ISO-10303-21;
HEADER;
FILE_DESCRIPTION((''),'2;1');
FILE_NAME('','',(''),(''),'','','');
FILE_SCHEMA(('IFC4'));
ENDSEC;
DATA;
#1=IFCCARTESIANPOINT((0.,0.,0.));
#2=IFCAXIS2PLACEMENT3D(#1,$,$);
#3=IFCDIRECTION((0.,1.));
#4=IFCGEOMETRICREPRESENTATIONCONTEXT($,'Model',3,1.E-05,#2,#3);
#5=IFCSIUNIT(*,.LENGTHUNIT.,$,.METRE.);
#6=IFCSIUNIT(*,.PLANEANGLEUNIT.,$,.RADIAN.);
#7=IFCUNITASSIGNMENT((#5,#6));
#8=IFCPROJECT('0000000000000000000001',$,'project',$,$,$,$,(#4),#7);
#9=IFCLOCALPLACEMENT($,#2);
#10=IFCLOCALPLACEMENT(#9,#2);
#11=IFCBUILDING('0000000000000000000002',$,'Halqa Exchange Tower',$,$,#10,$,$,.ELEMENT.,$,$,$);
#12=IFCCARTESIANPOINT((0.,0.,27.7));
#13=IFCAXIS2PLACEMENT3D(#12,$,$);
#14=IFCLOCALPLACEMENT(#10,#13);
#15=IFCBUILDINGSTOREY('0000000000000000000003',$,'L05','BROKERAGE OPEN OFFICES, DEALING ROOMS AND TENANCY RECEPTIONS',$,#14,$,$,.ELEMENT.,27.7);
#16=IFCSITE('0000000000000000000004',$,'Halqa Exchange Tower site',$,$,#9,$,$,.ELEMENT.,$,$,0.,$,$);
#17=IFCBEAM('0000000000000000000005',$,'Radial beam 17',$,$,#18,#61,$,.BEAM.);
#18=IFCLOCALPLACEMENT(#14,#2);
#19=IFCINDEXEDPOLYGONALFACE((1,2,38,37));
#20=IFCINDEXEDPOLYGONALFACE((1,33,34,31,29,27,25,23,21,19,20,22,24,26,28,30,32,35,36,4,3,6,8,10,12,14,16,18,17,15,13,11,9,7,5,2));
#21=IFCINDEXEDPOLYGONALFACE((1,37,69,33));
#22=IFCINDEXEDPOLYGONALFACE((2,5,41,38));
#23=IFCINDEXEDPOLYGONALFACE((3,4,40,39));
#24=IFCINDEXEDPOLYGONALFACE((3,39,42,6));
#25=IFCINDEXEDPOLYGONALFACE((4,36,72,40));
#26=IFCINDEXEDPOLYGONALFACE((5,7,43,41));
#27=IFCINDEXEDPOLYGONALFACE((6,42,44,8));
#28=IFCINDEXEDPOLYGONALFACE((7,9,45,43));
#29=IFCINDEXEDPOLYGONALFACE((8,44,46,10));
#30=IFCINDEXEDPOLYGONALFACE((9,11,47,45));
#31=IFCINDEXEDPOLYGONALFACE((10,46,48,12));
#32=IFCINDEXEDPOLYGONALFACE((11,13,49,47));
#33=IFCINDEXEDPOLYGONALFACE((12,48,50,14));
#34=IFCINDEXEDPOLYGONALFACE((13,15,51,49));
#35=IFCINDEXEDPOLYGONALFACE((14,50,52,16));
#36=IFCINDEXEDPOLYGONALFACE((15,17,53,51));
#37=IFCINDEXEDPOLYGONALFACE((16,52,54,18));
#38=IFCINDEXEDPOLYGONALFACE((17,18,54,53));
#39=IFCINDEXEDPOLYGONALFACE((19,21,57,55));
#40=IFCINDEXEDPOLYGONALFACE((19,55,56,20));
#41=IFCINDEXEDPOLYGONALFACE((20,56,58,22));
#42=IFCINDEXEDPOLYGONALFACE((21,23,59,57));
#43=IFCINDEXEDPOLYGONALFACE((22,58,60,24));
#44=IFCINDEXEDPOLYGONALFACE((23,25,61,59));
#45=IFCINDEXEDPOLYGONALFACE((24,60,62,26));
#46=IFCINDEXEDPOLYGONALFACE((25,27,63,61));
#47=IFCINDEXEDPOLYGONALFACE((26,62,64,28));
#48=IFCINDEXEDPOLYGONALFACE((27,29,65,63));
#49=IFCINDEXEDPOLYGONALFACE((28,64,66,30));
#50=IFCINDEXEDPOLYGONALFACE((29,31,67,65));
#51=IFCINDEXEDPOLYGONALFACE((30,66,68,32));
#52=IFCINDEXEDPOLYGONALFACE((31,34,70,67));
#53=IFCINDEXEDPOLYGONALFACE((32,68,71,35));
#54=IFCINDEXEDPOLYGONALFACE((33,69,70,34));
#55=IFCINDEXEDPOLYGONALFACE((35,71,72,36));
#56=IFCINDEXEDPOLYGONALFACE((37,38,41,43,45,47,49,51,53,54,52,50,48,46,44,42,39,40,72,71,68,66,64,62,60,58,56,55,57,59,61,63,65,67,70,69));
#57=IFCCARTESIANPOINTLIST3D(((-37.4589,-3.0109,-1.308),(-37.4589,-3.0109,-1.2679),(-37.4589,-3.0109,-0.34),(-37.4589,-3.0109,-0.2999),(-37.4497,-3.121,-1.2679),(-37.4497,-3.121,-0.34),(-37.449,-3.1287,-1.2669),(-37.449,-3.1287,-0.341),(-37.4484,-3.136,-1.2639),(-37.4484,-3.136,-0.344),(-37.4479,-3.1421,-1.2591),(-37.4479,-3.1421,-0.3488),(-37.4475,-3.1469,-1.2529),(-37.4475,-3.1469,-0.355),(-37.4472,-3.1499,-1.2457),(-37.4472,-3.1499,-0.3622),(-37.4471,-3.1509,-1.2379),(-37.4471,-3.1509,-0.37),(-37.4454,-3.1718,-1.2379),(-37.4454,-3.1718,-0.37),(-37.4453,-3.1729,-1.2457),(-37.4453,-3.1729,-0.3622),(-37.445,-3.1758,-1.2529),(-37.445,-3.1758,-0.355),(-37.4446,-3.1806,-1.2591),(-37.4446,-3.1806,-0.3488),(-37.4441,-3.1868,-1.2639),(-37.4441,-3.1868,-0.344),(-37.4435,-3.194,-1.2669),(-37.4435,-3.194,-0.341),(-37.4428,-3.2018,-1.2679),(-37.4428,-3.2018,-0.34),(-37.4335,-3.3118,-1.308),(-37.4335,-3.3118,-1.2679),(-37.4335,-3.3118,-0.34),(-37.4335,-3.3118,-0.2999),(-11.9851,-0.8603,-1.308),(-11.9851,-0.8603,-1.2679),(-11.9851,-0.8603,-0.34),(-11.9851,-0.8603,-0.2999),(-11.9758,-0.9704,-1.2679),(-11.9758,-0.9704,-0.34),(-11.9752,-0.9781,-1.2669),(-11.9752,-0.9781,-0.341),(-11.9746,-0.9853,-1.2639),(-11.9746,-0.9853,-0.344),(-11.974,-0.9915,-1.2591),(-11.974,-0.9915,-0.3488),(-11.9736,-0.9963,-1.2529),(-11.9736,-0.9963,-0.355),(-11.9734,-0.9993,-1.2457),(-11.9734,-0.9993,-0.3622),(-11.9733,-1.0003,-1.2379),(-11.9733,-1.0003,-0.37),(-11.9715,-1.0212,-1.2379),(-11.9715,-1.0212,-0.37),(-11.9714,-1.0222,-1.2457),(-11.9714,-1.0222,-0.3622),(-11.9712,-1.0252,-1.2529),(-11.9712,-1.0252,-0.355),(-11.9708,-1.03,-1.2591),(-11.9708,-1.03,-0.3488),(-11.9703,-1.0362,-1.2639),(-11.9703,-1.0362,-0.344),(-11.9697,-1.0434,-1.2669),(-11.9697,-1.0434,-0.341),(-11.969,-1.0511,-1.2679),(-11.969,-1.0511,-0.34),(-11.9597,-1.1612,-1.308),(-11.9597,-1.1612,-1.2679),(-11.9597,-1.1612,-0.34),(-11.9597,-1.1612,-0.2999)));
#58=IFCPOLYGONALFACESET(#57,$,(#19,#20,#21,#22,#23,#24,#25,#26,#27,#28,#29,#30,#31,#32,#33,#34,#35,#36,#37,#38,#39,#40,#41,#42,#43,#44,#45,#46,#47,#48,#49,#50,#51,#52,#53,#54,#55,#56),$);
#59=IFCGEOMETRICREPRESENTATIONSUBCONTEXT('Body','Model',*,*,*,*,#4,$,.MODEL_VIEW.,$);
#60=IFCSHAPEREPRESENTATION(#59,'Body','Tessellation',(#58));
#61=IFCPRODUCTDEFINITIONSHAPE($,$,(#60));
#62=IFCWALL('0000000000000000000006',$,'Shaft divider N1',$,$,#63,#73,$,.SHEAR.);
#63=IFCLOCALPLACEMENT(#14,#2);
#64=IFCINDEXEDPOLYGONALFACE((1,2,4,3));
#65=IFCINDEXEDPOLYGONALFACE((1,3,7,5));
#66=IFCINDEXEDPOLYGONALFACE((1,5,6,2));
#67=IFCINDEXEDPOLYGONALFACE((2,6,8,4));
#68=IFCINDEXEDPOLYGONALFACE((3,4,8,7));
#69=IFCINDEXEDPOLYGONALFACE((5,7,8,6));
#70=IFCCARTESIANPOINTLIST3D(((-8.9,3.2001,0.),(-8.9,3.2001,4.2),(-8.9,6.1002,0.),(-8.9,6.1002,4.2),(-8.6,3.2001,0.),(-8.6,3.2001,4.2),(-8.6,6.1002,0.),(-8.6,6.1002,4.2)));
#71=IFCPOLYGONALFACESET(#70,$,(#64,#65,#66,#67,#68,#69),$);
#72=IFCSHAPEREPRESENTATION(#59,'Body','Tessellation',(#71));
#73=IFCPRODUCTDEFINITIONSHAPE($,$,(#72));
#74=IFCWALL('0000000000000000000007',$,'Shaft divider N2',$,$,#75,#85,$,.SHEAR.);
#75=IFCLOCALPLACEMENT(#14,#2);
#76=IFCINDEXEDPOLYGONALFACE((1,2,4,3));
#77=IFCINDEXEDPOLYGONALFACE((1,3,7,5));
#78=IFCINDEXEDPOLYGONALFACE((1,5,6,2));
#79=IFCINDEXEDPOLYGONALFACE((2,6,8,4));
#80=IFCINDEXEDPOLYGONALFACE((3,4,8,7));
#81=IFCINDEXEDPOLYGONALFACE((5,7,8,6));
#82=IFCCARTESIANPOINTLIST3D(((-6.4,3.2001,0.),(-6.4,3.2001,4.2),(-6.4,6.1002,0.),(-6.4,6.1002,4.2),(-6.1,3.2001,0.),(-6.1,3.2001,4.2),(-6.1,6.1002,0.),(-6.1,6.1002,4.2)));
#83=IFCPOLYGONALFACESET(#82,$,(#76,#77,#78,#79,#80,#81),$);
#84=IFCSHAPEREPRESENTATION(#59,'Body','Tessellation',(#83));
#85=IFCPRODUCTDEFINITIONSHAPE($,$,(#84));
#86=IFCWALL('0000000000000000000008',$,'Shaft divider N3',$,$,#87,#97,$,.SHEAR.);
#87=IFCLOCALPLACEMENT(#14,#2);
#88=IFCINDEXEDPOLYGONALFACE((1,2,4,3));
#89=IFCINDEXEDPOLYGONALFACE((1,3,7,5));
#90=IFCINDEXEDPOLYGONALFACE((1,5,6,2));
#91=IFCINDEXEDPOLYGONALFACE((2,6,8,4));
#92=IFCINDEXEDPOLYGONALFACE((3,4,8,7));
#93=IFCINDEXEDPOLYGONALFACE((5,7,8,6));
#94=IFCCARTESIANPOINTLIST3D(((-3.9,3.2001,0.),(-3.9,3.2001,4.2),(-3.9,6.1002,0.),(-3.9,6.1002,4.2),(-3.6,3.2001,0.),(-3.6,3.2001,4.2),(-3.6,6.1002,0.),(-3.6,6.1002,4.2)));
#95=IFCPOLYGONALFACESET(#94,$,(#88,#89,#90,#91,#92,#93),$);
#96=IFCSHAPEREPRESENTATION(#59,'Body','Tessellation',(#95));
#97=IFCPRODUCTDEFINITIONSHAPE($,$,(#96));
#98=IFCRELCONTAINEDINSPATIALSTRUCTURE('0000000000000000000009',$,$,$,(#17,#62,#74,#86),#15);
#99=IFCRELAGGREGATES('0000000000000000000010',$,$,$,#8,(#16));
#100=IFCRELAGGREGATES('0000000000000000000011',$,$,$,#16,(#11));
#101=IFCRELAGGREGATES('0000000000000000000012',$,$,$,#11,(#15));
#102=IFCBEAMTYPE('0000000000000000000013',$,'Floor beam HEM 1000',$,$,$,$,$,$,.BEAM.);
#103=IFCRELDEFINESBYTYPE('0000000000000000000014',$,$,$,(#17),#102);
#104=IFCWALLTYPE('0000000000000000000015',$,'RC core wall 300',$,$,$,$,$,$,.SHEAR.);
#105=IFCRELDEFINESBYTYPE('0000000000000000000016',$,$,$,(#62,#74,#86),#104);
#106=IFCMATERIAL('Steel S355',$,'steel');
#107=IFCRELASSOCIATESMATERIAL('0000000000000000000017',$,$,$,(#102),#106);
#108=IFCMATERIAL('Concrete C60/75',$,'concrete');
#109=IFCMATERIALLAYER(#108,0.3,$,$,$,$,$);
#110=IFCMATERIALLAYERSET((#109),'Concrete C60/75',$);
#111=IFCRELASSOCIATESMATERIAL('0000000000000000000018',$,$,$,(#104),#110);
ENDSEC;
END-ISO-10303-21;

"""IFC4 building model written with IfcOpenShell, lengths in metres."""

from ifc_helpers import new_model, si_unit, direction, frame, frame_2d, origin, origin_2d, place, context, subcontext, project, spatial, rectangle, i_section, extrude, material, layer, layer_set, material_profile, profile_set, type_object, element, save


model = new_model("IFC4")

# Units and contexts
model_context = context("Model", 3, precision=1e-05, world=origin(), true_north=direction((0.0, 1.0)))
body_context = subcontext(model_context, "Body", "Model", "MODEL_VIEW")
ifc_project = project(units=[si_unit("LENGTHUNIT", "METRE"), si_unit("PLANEANGLEUNIT", "RADIAN")], contexts=[model_context])

# Site, building, storey
site_placement = place(None, origin())
site = spatial("IfcSite", under=ifc_project, at=site_placement, Name="Halqa Exchange Tower site", CompositionType="ELEMENT", RefElevation=0.0)
building_placement = place(site_placement, origin())
building = spatial("IfcBuilding", under=site, at=building_placement, Name="Halqa Exchange Tower", CompositionType="ELEMENT")
storey_placement = place(building_placement, frame((0.0, 0.0, 27.7)))
storey = spatial("IfcBuildingStorey", under=building, at=storey_placement, Name="L05", Description="BROKERAGE OPEN OFFICES, DEALING ROOMS AND TENANCY RECEPTIONS", CompositionType="ELEMENT", Elevation=27.7)

# Beam
ifc_material_1 = material(Name="Steel S355", Category="steel")
ifc_material_profile_1 = material_profile(ifc_material_1, i_section(OverallWidth=0.302, OverallDepth=1.0081, WebThickness=0.021, FlangeThickness=0.04, FilletRadius=0.03, at=origin_2d()), Name="HEM 1000")
ifc_profile_set_1 = profile_set([ifc_material_profile_1], Name="Steel S355")
beam_type_1 = type_object("IfcBeamType", Name="Floor beam HEM 1000", PredefinedType="BEAM", material=ifc_profile_set_1)
for number, where, z_axis, x_axis, name in (
    (1, (-11.9724, -1.0107, -0.804), (-0.996455, -0.084126, 0.0), (0.084126, -0.996455, 0.0), "Radial beam 17"),
):
    element("IfcBeam", number, at=place(storey_placement, frame(where, z_axis=z_axis, x_axis=x_axis)), inside=storey, type_object=beam_type_1, Name=name, PredefinedType="BEAM", context=body_context, shape_type="SweptSolid", body=[
        extrude(i_section(OverallWidth=0.302, OverallDepth=1.0081, WebThickness=0.021, FlangeThickness=0.04, FilletRadius=0.03, at=origin_2d()), origin(), (0.0, 0.0, 1.0), 25.5645),
    ])

# Walls
ifc_material_2 = material(Name="Concrete C60/75", Category="concrete")
ifc_layer_1 = layer(ifc_material_2, 0.3)
ifc_layer_set_1 = layer_set([ifc_layer_1], Name="Concrete C60/75")
wall_type_1 = type_object("IfcWallType", Name="RC core wall 300", PredefinedType="SHEAR", material=ifc_layer_set_1)
for number, where, z_axis, x_axis, name in (
    (2, (-8.75, 3.2, 0.0), (0.0, 0.0, 1.0), (0.0, 1.0, 0.0), "Shaft divider N1"),
    (3, (-6.25, 3.2, 0.0), (0.0, 0.0, 1.0), (0.0, 1.0, 0.0), "Shaft divider N2"),
    (4, (-3.75, 3.2, 0.0), (0.0, 0.0, 1.0), (0.0, 1.0, 0.0), "Shaft divider N3"),
):
    element("IfcWall", number, at=place(storey_placement, frame(where, z_axis=z_axis, x_axis=x_axis)), inside=storey, type_object=wall_type_1, Name=name, PredefinedType="SHEAR", context=body_context, shape_type="SweptSolid", body=[
        extrude(rectangle(XDim=2.9001, YDim=0.3, at=frame_2d((1.4502, 0.0))), origin(), (0.0, 0.0, 1.0), 4.2),
    ])

save(model, "model.ifc")
